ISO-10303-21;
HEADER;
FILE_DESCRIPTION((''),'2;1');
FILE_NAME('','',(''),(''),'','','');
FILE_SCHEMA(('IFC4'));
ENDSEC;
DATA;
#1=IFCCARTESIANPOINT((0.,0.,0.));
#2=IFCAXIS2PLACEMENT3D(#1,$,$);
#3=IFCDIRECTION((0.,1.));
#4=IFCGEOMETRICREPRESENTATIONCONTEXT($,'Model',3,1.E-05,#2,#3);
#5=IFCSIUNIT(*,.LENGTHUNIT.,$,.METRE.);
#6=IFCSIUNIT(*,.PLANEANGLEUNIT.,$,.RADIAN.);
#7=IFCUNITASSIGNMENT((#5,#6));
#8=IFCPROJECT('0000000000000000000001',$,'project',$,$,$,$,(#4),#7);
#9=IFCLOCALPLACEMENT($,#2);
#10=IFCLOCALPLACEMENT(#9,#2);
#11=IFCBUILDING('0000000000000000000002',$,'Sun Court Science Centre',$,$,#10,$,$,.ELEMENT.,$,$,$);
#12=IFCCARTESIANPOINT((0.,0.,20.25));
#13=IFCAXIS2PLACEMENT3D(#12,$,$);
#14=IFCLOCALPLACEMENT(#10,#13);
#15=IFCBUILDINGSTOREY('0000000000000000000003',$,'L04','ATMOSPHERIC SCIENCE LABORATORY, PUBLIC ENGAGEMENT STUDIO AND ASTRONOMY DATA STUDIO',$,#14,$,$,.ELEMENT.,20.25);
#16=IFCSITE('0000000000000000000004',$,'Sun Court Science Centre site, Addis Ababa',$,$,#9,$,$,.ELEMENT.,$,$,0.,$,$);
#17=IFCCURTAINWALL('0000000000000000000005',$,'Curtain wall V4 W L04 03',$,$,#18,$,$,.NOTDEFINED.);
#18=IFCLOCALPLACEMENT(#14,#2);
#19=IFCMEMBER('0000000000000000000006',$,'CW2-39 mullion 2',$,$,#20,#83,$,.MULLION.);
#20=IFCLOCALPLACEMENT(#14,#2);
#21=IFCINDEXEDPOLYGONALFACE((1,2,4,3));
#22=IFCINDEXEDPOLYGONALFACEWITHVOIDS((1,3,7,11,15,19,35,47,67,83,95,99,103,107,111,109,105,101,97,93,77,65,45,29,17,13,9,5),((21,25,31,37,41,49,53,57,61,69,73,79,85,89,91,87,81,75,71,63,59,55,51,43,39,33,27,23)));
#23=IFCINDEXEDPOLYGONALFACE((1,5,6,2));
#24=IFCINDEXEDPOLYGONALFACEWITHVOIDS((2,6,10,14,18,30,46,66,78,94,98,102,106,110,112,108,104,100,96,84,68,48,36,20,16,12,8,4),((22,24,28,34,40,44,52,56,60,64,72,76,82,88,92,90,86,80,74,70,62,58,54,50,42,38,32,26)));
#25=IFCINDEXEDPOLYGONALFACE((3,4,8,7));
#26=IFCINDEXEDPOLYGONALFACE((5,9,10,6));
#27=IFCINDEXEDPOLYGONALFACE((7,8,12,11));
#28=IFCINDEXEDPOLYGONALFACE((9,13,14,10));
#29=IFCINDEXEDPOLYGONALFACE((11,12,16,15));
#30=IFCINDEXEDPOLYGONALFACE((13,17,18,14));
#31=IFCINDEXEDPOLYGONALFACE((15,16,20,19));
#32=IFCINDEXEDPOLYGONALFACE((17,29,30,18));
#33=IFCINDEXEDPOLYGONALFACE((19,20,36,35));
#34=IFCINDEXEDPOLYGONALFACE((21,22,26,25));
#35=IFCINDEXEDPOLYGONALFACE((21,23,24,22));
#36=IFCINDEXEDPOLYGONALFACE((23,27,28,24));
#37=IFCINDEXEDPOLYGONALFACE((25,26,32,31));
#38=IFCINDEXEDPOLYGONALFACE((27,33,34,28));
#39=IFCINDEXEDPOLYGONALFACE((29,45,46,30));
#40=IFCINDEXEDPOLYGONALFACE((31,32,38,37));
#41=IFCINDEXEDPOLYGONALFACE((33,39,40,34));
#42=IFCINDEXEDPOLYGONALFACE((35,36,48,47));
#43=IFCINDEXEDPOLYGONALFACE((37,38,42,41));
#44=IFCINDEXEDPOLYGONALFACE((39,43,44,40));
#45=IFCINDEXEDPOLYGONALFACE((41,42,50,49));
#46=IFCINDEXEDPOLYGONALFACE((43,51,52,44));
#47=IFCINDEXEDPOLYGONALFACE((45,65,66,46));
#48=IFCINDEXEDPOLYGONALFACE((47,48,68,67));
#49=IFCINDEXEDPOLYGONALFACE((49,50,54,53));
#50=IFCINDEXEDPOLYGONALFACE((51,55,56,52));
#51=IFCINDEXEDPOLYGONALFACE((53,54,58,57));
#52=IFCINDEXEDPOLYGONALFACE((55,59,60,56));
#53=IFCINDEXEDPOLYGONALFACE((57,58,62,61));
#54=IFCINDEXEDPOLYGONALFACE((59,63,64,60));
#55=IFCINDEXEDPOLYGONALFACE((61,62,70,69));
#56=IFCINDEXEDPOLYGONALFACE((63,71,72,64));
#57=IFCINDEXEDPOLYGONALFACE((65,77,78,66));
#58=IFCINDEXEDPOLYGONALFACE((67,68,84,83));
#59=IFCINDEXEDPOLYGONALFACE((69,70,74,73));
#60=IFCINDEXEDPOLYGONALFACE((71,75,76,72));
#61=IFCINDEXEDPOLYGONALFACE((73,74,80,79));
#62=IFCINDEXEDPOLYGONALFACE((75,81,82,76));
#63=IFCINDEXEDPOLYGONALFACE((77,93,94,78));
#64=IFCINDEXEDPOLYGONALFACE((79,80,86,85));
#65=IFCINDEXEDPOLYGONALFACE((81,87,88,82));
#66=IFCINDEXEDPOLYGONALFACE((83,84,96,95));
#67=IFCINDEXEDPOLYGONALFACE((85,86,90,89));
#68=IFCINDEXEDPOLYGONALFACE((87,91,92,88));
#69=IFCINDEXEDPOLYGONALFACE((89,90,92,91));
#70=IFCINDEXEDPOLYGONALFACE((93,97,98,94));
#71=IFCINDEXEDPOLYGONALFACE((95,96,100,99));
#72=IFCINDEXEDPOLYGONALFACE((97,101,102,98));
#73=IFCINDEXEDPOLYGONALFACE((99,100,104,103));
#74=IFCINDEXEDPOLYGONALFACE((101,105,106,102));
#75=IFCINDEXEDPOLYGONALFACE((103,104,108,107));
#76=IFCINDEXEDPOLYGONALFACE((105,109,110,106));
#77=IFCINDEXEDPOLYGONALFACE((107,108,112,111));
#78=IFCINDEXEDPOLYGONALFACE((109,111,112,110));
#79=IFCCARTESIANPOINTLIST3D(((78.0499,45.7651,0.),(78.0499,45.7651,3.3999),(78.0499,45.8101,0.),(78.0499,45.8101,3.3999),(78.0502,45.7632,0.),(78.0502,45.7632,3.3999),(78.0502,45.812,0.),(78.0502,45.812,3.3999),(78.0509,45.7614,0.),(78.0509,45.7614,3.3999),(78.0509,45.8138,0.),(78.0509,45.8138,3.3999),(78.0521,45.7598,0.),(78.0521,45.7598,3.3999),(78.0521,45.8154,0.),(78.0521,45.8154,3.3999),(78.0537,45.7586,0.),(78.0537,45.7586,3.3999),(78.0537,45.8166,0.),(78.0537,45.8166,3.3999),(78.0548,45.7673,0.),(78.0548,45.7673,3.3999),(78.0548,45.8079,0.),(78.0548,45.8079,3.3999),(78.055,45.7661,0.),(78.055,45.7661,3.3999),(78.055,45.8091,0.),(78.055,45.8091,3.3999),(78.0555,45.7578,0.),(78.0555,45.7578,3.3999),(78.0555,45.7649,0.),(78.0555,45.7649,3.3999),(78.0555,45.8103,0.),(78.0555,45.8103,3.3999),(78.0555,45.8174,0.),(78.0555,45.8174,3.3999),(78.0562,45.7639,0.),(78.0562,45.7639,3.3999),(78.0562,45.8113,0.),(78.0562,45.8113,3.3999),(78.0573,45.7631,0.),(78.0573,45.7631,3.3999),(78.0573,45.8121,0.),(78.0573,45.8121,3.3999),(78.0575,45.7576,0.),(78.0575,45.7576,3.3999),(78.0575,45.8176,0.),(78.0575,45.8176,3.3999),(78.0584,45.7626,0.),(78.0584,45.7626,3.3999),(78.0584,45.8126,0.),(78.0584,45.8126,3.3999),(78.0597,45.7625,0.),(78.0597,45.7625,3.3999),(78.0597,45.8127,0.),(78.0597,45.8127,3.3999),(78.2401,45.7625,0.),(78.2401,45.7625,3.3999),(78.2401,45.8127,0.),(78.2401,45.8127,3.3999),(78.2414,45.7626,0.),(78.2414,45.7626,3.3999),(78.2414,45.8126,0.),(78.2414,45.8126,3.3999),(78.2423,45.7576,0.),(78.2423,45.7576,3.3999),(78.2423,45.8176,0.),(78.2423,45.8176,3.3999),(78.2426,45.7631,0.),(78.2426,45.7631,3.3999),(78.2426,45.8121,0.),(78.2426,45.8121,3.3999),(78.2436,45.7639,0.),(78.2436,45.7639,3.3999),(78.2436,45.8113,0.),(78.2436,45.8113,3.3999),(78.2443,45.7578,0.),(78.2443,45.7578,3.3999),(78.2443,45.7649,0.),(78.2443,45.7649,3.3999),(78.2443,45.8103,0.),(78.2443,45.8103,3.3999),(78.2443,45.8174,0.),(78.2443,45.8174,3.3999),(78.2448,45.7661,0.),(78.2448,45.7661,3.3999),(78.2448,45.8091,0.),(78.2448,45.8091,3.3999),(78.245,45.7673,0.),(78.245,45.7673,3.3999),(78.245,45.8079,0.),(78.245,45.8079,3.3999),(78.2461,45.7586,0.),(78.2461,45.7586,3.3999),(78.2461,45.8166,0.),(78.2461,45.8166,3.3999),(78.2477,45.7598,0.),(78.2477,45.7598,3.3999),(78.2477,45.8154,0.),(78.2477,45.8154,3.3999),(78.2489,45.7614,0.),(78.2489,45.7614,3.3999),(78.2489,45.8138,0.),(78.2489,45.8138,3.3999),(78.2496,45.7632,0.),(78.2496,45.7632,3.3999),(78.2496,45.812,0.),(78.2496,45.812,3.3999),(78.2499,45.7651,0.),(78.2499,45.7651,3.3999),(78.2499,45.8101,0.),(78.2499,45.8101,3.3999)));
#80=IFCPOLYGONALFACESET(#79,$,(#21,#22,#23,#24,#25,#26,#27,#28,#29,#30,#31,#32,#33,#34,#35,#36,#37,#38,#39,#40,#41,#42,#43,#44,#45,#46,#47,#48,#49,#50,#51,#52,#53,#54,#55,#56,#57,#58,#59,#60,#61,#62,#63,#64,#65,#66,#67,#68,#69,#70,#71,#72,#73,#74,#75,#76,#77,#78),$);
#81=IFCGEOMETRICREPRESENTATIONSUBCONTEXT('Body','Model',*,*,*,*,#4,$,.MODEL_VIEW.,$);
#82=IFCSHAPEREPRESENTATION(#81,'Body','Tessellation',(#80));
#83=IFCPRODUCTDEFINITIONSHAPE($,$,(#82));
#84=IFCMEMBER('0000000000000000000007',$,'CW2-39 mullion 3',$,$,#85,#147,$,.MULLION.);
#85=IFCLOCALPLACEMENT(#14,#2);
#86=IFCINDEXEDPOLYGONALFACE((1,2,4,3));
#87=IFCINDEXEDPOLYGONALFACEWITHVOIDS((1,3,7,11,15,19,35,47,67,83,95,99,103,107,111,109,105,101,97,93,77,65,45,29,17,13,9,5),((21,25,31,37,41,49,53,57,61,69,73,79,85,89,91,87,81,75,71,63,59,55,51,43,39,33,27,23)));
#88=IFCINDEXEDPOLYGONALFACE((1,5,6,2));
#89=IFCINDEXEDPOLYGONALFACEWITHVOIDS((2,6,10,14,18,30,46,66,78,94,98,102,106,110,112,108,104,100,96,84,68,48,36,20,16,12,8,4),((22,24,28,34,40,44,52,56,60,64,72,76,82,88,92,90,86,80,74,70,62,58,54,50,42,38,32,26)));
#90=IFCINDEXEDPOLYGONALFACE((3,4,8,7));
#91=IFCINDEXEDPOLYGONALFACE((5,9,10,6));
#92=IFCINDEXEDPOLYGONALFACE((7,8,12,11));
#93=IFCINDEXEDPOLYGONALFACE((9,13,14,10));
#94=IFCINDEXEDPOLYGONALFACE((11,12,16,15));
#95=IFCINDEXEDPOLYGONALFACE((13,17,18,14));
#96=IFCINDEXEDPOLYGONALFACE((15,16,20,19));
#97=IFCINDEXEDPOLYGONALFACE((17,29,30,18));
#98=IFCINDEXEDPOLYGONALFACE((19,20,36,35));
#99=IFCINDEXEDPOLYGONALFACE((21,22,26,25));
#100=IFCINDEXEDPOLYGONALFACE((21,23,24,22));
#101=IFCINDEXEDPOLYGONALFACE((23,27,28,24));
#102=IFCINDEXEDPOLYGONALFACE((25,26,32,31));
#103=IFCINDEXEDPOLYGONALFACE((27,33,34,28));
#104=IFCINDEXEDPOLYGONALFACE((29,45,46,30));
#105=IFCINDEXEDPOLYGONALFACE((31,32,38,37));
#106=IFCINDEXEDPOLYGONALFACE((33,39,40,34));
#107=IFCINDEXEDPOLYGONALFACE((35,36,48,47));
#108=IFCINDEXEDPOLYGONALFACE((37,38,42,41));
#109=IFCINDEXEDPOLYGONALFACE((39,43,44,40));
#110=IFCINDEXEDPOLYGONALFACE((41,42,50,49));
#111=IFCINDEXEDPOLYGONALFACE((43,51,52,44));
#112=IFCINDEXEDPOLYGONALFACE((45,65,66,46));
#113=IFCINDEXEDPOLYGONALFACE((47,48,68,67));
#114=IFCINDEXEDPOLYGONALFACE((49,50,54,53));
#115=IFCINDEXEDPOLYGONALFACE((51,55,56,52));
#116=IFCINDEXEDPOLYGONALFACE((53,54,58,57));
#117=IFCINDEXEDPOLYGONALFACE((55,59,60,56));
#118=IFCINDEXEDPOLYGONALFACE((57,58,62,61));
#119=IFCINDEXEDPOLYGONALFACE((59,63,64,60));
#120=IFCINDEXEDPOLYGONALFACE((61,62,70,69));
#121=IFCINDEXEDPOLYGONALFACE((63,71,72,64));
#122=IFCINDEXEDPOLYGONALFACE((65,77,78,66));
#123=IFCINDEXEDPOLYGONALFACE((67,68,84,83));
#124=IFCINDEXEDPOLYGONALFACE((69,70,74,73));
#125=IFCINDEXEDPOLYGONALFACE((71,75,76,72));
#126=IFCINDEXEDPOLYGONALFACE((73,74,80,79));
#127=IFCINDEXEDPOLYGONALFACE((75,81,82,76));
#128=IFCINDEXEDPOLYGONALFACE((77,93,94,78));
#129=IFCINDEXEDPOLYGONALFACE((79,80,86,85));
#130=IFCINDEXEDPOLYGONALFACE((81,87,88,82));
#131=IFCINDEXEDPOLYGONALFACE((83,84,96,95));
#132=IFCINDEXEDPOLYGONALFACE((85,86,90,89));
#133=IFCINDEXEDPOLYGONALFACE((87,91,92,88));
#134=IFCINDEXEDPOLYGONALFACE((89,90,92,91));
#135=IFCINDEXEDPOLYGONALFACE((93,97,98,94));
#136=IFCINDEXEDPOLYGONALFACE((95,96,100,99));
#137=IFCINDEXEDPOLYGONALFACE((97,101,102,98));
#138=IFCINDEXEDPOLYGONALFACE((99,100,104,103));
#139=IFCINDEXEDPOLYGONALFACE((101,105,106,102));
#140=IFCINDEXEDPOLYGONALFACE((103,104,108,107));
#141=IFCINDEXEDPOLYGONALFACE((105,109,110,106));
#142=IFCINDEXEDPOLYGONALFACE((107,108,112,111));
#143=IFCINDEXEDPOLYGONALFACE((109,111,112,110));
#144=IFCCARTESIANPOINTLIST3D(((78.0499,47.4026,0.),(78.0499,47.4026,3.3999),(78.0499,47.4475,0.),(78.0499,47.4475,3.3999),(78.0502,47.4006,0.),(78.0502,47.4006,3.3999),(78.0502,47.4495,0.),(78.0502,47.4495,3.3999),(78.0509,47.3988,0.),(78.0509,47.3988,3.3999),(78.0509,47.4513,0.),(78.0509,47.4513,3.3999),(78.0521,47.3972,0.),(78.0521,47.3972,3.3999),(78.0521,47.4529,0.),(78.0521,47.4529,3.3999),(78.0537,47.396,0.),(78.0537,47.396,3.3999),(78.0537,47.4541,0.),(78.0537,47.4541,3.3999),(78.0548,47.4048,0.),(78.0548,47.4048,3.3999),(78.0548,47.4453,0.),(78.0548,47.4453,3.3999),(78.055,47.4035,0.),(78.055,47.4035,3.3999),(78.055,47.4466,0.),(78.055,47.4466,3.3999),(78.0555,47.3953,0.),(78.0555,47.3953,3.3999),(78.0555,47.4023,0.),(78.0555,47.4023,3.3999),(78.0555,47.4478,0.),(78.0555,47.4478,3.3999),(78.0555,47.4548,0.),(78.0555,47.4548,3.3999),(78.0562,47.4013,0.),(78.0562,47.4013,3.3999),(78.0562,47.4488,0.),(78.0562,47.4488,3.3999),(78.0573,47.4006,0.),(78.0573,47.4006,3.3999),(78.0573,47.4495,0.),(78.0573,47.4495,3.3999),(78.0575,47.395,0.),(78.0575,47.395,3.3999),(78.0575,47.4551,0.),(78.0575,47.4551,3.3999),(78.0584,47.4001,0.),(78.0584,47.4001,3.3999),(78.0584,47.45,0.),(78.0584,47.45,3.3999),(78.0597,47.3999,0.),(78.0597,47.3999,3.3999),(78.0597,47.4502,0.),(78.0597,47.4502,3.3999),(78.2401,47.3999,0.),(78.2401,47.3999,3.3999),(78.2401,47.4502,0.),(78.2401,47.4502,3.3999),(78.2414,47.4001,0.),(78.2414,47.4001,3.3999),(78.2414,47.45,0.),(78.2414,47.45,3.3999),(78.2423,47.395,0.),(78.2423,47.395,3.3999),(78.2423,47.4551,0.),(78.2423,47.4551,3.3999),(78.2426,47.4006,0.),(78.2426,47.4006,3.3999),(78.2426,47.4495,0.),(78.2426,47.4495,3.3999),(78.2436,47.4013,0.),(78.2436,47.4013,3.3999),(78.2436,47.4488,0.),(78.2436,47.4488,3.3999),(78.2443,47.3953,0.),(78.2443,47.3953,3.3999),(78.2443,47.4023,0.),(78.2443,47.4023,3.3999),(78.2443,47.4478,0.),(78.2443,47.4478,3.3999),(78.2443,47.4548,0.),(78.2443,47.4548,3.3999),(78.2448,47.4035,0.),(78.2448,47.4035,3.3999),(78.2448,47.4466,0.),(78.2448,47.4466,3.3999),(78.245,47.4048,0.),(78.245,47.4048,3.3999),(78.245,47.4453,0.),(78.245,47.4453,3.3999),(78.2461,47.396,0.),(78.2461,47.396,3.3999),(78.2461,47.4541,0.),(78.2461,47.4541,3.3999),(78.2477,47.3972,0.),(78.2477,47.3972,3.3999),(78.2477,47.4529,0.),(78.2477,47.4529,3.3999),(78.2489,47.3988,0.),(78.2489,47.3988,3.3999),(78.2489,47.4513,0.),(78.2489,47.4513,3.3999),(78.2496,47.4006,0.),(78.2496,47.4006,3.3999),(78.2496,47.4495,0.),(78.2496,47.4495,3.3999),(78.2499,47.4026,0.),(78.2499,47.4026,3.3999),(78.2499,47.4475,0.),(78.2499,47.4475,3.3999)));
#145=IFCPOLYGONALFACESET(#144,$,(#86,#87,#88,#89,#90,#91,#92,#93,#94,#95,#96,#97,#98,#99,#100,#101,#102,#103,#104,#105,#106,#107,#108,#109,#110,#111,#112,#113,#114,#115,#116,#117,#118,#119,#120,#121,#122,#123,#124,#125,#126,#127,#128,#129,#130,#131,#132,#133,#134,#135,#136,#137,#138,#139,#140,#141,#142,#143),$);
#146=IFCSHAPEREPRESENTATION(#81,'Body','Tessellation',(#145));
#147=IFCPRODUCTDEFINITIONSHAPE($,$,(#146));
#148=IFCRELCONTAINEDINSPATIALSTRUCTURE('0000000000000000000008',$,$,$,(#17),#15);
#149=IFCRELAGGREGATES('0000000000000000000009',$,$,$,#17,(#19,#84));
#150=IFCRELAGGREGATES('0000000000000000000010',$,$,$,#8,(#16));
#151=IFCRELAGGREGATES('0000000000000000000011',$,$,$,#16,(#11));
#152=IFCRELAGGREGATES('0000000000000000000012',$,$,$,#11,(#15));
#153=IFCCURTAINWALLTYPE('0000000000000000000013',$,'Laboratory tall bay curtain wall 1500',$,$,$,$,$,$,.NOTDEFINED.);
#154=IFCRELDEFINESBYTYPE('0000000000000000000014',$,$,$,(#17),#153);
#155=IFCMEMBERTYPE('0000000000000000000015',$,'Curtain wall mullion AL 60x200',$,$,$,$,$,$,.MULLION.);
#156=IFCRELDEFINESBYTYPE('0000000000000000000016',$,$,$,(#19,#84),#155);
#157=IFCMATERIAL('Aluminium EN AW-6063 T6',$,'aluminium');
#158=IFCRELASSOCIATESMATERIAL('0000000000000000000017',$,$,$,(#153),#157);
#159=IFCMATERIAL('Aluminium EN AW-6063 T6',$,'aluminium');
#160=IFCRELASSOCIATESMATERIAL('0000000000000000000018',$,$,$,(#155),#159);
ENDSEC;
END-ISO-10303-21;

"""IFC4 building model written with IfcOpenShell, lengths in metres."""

from ifc_helpers import new_model, si_unit, direction, frame, origin, origin_2d, place, context, subcontext, project, spatial, hollow_rectangle, extrude, material, material_profile, profile_set, type_object, element, aggregate, save


model = new_model("IFC4")

# Units and contexts
model_context = context("Model", 3, precision=1e-05, world=origin(), true_north=direction((0.0, 1.0)))
body_context = subcontext(model_context, "Body", "Model", "MODEL_VIEW")
ifc_project = project(units=[si_unit("LENGTHUNIT", "METRE"), si_unit("PLANEANGLEUNIT", "RADIAN")], contexts=[model_context])

# Site, building, storey
site_placement = place(None, origin())
site = spatial("IfcSite", under=ifc_project, at=site_placement, Name="Sun Court Science Centre site, Addis Ababa", CompositionType="ELEMENT", RefElevation=0.0)
building_placement = place(site_placement, origin())
building = spatial("IfcBuilding", under=site, at=building_placement, Name="Sun Court Science Centre", CompositionType="ELEMENT")
storey_placement = place(building_placement, frame((0.0, 0.0, 20.25)))
storey = spatial("IfcBuildingStorey", under=building, at=storey_placement, Name="L04", Description="ATMOSPHERIC SCIENCE LABORATORY, PUBLIC ENGAGEMENT STUDIO AND ASTRONOMY DATA STUDIO", CompositionType="ELEMENT", Elevation=20.25)

# Shared definitions
ifc_material_1 = material(Name="Aluminium EN AW-6063 T6", Category="aluminium")
curtain_wall_type = type_object("IfcCurtainWallType", Name="Laboratory tall bay curtain wall 1500", PredefinedType="NOTDEFINED", material=ifc_material_1)
ifc_material_2 = material(Name="Aluminium EN AW-6063 T6", Category="aluminium")
ifc_material_profile_1 = material_profile(ifc_material_2, hollow_rectangle(XDim=0.0601, YDim=0.2, WallThickness=0.0049, InnerFilletRadius=0.0049, OuterFilletRadius=0.0076, at=origin_2d()), Name="AL 60x200x5")
ifc_profile_set_1 = profile_set([ifc_material_profile_1], Name="Aluminium EN AW-6063 T6")
member_type_1 = type_object("IfcMemberType", Name="Curtain wall mullion AL 60x200", PredefinedType="MULLION", material=ifc_profile_set_1)

# Curtain wall, members
curtain_wall_1_placement = place(storey_placement, origin())
curtain_wall_1 = element("IfcCurtainWall", 1, at=curtain_wall_1_placement, inside=storey, type_object=curtain_wall_type, Name="Curtain wall V4 W L04 03", PredefinedType="NOTDEFINED")
member_1_placement = place(storey_placement, frame((78.1499, 45.7876, 0.0), z_axis=(0.0, 0.0, 1.0), x_axis=(0.0, 1.0, 0.0)))
member_1 = element("IfcMember", 2, at=member_1_placement, type_object=member_type_1, Name="CW2-39 mullion 2", PredefinedType="MULLION", context=body_context, shape_type="SweptSolid", body=[
    extrude(hollow_rectangle(XDim=0.0601, YDim=0.2, WallThickness=0.0049, InnerFilletRadius=0.0049, OuterFilletRadius=0.0076, at=origin_2d()), origin(), (0.0, 0.0, 1.0), 3.3999),
])
member_2_placement = place(storey_placement, frame((78.1499, 47.425, 0.0), z_axis=(0.0, 0.0, 1.0), x_axis=(0.0, 1.0, 0.0)))
member_2 = element("IfcMember", 3, at=member_2_placement, type_object=member_type_1, Name="CW2-39 mullion 3", PredefinedType="MULLION", context=body_context, shape_type="SweptSolid", body=[
    extrude(hollow_rectangle(XDim=0.0601, YDim=0.2, WallThickness=0.0049, InnerFilletRadius=0.0049, OuterFilletRadius=0.0076, at=origin_2d()), origin(), (0.0, 0.0, 1.0), 3.3999),
])

aggregate(curtain_wall_1, [member_1, member_2])

save(model, "model.ifc")
